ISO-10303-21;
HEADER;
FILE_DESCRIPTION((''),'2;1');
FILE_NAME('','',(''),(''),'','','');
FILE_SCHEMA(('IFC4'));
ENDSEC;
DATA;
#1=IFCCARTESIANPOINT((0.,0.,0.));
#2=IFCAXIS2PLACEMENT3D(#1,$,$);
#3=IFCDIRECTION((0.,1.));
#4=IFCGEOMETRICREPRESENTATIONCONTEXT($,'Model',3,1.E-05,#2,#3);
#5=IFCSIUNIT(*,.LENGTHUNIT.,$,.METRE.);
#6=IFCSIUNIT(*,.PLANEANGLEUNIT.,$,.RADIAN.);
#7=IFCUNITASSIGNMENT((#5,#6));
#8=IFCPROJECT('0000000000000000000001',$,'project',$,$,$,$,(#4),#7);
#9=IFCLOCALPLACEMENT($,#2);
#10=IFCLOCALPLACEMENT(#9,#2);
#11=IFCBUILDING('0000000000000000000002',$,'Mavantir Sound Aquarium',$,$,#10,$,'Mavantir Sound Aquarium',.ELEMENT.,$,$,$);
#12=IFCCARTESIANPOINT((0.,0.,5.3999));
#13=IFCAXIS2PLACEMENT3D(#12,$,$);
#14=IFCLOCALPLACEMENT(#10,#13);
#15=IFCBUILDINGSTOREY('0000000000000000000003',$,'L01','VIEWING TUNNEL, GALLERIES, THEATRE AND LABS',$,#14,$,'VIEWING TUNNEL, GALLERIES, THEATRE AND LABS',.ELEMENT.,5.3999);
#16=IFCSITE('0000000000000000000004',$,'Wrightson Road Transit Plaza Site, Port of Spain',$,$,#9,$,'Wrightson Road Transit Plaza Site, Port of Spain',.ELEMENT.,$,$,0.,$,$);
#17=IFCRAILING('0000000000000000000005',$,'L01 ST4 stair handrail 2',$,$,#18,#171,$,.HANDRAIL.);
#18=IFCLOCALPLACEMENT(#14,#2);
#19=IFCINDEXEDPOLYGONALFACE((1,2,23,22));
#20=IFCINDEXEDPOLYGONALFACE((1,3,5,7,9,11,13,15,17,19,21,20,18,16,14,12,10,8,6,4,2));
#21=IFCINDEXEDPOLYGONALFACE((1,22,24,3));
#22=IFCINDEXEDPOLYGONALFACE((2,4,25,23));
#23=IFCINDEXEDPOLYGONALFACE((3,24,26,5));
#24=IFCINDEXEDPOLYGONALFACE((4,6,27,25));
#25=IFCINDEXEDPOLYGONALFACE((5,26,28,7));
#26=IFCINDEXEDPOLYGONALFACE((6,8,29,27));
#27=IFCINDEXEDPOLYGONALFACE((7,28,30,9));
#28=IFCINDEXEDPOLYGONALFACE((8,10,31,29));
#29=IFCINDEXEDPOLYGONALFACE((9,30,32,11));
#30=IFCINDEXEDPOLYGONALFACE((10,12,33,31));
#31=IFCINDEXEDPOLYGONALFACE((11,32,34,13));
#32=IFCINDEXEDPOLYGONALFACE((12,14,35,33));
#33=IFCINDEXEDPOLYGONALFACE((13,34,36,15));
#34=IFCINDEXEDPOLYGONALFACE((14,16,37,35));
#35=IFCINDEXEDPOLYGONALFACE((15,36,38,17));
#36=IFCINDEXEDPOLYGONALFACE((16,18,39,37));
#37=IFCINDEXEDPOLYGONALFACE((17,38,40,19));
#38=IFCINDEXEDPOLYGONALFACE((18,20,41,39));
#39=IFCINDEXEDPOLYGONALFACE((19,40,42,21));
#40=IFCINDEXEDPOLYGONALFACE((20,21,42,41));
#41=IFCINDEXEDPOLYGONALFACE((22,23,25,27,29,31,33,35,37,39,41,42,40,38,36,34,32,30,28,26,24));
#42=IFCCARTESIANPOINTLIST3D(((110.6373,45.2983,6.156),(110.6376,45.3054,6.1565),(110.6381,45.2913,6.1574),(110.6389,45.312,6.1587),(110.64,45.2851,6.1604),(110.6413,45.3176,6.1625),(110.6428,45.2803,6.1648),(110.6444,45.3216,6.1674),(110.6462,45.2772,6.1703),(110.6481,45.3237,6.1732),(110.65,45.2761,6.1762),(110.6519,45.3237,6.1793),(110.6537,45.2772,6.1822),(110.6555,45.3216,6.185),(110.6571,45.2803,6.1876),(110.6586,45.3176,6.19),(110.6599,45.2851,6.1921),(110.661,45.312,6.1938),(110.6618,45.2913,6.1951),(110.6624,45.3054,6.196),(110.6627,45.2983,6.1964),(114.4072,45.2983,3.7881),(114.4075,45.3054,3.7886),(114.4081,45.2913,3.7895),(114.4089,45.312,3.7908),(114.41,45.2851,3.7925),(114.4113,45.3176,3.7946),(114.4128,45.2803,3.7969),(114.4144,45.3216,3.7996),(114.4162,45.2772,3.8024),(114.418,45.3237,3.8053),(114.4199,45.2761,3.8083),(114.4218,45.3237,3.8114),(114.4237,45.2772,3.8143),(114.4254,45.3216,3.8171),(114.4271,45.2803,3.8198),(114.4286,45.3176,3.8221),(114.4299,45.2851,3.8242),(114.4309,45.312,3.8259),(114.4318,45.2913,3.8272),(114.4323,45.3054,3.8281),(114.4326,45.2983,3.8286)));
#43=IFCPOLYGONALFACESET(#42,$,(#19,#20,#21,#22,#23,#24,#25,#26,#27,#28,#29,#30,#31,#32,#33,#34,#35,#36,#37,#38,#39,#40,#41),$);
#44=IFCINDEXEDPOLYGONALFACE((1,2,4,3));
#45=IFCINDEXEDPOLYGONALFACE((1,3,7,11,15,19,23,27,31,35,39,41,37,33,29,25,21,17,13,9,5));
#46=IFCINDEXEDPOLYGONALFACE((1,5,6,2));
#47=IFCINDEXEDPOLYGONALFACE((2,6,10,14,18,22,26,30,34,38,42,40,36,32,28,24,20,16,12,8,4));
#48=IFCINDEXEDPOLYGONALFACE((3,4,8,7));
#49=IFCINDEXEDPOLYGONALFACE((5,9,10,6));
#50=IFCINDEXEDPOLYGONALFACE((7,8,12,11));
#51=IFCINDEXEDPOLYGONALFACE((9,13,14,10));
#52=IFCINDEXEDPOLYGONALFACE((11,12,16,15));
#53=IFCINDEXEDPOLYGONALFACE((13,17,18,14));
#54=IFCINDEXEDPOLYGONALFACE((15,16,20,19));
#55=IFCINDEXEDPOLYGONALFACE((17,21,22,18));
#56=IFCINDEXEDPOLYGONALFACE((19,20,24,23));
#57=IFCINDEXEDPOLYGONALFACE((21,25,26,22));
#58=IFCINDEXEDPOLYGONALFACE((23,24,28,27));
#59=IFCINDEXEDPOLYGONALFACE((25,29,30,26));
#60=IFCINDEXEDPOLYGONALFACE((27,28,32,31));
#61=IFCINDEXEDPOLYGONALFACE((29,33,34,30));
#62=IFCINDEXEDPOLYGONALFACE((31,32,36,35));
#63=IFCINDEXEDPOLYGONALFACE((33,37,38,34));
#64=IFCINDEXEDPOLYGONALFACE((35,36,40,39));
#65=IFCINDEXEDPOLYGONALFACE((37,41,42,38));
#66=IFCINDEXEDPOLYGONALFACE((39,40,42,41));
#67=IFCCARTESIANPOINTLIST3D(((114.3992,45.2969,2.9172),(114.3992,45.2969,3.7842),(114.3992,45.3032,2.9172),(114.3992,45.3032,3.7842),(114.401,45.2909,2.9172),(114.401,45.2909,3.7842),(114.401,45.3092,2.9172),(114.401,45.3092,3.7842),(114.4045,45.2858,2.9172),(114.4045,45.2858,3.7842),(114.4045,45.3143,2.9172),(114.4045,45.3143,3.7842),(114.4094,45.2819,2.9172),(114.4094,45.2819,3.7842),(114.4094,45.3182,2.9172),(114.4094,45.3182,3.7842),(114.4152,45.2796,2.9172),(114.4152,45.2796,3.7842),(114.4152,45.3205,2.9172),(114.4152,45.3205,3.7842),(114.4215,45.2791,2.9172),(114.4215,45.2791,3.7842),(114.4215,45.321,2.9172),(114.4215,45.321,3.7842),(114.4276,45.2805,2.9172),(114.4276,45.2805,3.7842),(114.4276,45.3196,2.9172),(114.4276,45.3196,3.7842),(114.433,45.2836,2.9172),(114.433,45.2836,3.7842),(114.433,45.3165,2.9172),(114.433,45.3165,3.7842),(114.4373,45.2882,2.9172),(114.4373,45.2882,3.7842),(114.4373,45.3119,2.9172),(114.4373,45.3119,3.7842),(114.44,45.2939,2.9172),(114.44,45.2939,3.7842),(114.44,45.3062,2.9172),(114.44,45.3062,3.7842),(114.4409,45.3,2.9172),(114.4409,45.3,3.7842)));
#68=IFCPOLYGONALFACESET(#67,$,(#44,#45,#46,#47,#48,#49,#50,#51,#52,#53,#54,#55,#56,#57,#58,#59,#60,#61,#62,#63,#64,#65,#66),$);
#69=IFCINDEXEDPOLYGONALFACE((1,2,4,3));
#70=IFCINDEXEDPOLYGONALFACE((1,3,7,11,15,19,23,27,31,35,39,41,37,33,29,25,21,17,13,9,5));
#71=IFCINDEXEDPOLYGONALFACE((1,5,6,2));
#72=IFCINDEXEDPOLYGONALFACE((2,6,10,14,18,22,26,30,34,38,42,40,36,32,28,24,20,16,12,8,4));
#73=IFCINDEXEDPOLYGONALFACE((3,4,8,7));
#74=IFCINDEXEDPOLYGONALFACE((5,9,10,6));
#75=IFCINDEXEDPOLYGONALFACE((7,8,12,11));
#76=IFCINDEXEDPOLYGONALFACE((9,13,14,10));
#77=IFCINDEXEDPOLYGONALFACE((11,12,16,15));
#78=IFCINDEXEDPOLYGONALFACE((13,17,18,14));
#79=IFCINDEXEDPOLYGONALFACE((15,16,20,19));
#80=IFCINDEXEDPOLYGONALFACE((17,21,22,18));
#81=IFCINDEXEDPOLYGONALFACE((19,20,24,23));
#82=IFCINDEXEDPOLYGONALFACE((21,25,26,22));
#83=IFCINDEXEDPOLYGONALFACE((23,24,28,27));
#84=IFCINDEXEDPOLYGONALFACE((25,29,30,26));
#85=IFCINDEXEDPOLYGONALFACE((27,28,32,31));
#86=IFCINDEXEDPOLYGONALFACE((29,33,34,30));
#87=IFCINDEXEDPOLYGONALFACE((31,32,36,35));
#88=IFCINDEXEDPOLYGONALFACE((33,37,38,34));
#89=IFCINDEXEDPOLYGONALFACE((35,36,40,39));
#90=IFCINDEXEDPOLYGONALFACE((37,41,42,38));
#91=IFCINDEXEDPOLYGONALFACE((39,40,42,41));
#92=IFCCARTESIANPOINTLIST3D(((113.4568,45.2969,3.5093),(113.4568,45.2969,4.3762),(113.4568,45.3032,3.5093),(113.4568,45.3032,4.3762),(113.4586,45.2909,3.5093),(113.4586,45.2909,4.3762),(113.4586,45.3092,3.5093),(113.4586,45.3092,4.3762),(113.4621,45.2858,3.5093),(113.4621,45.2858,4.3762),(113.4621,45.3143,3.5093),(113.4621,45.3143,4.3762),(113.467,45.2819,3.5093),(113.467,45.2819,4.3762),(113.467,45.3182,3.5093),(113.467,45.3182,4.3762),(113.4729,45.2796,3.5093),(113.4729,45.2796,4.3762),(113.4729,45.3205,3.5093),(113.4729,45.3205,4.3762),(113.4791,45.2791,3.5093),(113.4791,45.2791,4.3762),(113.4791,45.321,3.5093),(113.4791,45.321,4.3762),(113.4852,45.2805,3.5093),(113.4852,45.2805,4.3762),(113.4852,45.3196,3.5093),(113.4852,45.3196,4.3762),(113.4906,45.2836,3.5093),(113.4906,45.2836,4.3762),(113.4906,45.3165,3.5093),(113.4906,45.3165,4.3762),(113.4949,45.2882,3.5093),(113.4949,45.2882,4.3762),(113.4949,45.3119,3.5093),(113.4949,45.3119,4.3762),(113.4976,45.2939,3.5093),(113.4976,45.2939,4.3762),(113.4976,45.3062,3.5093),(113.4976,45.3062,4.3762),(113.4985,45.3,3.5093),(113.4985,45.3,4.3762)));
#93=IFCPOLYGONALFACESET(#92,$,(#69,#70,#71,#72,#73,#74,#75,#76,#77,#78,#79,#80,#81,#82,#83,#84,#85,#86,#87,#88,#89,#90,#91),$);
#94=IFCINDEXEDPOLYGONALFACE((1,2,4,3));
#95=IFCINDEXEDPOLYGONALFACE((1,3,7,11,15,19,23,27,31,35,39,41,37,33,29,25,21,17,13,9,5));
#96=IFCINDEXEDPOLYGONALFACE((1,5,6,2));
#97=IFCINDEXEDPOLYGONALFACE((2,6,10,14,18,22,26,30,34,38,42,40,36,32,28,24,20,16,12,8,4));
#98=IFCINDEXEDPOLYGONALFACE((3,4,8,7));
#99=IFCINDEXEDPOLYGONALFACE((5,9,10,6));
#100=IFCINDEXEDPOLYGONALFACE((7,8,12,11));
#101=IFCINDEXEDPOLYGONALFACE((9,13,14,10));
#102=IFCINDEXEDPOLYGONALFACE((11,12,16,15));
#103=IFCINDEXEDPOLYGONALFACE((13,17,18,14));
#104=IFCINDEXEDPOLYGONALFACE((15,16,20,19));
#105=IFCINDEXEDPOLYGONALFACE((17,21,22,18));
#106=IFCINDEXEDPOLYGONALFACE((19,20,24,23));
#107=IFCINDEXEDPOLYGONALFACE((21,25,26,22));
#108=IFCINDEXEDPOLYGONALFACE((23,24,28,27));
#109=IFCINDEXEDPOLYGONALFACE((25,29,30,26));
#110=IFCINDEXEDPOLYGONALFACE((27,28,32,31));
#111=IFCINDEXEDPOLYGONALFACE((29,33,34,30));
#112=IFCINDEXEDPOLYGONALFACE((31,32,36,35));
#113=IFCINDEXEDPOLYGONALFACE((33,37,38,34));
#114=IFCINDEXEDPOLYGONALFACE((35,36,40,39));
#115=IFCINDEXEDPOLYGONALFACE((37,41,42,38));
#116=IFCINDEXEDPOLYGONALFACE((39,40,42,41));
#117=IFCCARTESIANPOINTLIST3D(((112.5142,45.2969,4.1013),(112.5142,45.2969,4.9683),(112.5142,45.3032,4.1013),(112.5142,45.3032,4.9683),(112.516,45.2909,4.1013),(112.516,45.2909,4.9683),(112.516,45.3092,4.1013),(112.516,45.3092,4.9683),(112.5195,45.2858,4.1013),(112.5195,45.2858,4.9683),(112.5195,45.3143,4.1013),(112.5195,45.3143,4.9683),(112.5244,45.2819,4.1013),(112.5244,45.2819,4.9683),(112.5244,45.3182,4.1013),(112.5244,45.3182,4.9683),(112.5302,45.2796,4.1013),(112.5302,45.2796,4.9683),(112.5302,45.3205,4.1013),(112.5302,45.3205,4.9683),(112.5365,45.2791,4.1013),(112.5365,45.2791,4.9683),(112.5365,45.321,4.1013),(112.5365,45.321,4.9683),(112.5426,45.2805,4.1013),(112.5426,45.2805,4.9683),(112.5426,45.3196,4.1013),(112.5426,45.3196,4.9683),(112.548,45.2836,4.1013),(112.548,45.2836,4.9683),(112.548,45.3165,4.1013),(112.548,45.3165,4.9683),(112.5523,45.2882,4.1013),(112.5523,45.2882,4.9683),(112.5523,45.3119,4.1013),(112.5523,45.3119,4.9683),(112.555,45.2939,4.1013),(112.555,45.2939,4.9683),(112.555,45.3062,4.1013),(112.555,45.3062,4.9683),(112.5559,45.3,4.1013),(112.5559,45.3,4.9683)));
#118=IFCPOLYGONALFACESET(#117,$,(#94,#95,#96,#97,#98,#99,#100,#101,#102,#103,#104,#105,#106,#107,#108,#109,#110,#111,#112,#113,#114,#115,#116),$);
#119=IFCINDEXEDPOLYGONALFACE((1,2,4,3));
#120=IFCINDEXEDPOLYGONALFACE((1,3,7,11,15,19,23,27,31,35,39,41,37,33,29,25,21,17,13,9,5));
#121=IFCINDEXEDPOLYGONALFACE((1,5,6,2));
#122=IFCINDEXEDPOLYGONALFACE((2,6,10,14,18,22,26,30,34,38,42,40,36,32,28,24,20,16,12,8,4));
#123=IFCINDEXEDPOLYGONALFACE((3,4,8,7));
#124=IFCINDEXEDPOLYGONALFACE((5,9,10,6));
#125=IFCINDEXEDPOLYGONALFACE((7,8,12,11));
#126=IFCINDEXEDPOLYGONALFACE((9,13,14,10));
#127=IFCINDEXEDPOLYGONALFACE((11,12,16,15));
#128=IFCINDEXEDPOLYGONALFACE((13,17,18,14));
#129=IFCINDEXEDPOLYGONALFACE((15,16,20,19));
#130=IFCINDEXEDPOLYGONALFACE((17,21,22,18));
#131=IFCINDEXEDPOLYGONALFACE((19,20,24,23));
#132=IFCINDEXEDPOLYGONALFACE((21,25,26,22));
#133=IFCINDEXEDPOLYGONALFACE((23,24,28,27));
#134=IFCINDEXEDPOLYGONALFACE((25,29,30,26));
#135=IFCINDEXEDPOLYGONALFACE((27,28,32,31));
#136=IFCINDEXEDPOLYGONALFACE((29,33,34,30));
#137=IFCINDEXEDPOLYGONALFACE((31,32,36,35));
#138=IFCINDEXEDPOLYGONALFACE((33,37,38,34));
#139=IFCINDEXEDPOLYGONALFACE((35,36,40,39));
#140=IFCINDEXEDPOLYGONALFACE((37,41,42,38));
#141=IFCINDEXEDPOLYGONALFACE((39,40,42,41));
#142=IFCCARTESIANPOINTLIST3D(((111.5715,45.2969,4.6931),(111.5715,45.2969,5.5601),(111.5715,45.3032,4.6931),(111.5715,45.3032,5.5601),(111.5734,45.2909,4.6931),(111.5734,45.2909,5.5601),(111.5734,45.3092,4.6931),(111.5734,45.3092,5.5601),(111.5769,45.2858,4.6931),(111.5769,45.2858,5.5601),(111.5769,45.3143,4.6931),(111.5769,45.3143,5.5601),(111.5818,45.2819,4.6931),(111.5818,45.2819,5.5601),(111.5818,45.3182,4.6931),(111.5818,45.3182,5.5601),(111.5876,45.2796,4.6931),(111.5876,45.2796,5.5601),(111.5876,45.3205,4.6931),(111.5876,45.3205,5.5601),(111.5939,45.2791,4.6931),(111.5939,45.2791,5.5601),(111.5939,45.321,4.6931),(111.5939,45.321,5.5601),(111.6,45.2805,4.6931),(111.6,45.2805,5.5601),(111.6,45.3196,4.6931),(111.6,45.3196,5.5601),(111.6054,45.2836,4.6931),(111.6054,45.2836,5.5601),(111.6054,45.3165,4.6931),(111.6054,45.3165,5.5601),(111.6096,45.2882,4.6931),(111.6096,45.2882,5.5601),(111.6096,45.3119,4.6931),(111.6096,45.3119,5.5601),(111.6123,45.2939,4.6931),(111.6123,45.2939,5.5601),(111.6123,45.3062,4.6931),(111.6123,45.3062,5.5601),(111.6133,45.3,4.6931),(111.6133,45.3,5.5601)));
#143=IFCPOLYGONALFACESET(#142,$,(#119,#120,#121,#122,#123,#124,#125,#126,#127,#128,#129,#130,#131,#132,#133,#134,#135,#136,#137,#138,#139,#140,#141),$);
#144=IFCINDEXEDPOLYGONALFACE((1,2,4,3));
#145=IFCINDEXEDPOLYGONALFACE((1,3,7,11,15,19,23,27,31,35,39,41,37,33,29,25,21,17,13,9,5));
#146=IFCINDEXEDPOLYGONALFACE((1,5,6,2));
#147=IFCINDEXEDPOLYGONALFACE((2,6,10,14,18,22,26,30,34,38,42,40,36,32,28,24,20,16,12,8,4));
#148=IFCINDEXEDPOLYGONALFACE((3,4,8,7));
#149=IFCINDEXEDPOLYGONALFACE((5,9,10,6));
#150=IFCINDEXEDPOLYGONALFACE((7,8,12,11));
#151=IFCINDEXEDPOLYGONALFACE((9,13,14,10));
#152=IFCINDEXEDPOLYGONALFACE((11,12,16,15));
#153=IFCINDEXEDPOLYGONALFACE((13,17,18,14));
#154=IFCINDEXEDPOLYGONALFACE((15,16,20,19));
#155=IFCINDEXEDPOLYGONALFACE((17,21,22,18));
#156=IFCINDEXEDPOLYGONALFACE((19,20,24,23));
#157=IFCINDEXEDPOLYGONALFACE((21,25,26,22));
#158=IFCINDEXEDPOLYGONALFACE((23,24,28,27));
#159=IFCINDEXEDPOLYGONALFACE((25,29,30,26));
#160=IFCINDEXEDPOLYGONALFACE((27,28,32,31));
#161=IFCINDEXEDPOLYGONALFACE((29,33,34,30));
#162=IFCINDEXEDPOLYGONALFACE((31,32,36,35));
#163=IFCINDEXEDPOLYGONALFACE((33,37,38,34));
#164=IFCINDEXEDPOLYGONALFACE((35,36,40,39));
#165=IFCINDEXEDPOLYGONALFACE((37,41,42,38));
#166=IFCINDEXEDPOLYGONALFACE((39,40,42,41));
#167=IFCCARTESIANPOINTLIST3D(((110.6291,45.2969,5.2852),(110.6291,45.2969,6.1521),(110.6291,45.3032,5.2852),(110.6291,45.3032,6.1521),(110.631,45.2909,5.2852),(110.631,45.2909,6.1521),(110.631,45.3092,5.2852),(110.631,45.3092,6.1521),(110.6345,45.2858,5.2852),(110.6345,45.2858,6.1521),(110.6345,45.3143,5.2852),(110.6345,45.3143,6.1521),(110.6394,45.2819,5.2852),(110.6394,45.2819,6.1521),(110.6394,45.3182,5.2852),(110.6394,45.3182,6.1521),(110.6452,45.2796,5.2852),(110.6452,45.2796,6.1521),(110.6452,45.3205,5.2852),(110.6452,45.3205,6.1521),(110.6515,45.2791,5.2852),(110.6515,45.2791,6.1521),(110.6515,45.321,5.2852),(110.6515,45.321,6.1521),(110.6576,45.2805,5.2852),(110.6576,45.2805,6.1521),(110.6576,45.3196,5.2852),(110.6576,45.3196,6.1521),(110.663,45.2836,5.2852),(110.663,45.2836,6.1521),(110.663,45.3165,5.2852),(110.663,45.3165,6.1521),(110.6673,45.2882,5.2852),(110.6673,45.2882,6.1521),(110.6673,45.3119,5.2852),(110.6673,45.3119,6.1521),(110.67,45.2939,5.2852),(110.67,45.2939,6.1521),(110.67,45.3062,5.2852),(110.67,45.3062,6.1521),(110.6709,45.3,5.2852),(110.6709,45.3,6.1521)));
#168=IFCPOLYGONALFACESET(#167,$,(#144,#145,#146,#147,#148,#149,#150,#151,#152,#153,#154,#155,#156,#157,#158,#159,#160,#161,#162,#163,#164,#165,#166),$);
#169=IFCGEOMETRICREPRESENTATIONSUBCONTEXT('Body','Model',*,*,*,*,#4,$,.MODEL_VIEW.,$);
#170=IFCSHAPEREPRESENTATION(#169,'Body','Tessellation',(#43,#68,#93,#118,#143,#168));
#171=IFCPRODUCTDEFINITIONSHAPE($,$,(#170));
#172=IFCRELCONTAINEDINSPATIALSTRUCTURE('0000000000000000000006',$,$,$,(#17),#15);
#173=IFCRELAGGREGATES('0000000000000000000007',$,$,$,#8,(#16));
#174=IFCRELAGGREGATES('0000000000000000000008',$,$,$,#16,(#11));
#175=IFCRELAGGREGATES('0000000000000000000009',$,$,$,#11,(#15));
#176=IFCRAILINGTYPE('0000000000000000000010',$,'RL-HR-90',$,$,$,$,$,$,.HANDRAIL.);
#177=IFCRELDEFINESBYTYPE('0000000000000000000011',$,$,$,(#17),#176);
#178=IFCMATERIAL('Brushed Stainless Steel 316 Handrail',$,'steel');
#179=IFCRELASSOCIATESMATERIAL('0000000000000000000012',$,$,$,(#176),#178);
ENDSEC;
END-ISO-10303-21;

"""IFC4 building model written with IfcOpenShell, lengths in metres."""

from ifc_helpers import new_model, si_unit, direction, frame, origin, origin_2d, place, context, subcontext, project, spatial, circle, extrude, material, type_object, element, save


model = new_model("IFC4")

# Units and contexts
model_context = context("Model", 3, precision=1e-05, world=origin(), true_north=direction((0.0, 1.0)))
body_context = subcontext(model_context, "Body", "Model", "MODEL_VIEW")
ifc_project = project(units=[si_unit("LENGTHUNIT", "METRE"), si_unit("PLANEANGLEUNIT", "RADIAN")], contexts=[model_context])

# Site, building, storey
site_placement = place(None, origin())
site = spatial("IfcSite", under=ifc_project, at=site_placement, Name="Wrightson Road Transit Plaza Site, Port of Spain", LongName="Wrightson Road Transit Plaza Site, Port of Spain", CompositionType="ELEMENT", RefElevation=0.0)
building_placement = place(site_placement, origin())
building = spatial("IfcBuilding", under=site, at=building_placement, Name="Mavantir Sound Aquarium", LongName="Mavantir Sound Aquarium", CompositionType="ELEMENT")
storey_placement = place(building_placement, frame((0.0, 0.0, 5.3999)))
storey = spatial("IfcBuildingStorey", under=building, at=storey_placement, Name="L01", Description="VIEWING TUNNEL, GALLERIES, THEATRE AND LABS", LongName="VIEWING TUNNEL, GALLERIES, THEATRE AND LABS", CompositionType="ELEMENT", Elevation=5.3999)

# Railing
ifc_material_1 = material(Name="Brushed Stainless Steel 316 Handrail", Category="steel")
railing_type_1 = type_object("IfcRailingType", Name="RL-HR-90", PredefinedType="HANDRAIL", material=ifc_material_1)
railing_1_placement = place(storey_placement, frame((114.4199, 45.3, 2.9172)))
element("IfcRailing", 1, at=railing_1_placement, inside=storey, type_object=railing_type_1, Name="L01 ST4 stair handrail 2", PredefinedType="HANDRAIL", context=body_context, shape_type="SweptSolid", body=[
    extrude(circle(Radius=0.0239, at=origin_2d()), frame((0.0, 0.0, 0.8911), z_axis=(-0.846819, 0.0, 0.531881), x_axis=(0.0, -1.0, 0.0)), (0.0, 0.0, 1.0), 4.4519),
    extrude(circle(Radius=0.021, at=origin_2d()), origin(), (0.0, 0.0, 1.0), 0.8669),
    extrude(circle(Radius=0.021, at=origin_2d()), frame((-0.9424, 0.0, 0.592)), (0.0, 0.0, 1.0), 0.8669),
    extrude(circle(Radius=0.021, at=origin_2d()), frame((-1.885, 0.0, 1.1841)), (0.0, 0.0, 1.0), 0.8669),
    extrude(circle(Radius=0.021, at=origin_2d()), frame((-2.8276, 0.0, 1.7759)), (0.0, 0.0, 1.0), 0.8669),
    extrude(circle(Radius=0.021, at=origin_2d()), frame((-3.77, 0.0, 2.3679)), (0.0, 0.0, 1.0), 0.8669),
])

save(model, "model.ifc")
